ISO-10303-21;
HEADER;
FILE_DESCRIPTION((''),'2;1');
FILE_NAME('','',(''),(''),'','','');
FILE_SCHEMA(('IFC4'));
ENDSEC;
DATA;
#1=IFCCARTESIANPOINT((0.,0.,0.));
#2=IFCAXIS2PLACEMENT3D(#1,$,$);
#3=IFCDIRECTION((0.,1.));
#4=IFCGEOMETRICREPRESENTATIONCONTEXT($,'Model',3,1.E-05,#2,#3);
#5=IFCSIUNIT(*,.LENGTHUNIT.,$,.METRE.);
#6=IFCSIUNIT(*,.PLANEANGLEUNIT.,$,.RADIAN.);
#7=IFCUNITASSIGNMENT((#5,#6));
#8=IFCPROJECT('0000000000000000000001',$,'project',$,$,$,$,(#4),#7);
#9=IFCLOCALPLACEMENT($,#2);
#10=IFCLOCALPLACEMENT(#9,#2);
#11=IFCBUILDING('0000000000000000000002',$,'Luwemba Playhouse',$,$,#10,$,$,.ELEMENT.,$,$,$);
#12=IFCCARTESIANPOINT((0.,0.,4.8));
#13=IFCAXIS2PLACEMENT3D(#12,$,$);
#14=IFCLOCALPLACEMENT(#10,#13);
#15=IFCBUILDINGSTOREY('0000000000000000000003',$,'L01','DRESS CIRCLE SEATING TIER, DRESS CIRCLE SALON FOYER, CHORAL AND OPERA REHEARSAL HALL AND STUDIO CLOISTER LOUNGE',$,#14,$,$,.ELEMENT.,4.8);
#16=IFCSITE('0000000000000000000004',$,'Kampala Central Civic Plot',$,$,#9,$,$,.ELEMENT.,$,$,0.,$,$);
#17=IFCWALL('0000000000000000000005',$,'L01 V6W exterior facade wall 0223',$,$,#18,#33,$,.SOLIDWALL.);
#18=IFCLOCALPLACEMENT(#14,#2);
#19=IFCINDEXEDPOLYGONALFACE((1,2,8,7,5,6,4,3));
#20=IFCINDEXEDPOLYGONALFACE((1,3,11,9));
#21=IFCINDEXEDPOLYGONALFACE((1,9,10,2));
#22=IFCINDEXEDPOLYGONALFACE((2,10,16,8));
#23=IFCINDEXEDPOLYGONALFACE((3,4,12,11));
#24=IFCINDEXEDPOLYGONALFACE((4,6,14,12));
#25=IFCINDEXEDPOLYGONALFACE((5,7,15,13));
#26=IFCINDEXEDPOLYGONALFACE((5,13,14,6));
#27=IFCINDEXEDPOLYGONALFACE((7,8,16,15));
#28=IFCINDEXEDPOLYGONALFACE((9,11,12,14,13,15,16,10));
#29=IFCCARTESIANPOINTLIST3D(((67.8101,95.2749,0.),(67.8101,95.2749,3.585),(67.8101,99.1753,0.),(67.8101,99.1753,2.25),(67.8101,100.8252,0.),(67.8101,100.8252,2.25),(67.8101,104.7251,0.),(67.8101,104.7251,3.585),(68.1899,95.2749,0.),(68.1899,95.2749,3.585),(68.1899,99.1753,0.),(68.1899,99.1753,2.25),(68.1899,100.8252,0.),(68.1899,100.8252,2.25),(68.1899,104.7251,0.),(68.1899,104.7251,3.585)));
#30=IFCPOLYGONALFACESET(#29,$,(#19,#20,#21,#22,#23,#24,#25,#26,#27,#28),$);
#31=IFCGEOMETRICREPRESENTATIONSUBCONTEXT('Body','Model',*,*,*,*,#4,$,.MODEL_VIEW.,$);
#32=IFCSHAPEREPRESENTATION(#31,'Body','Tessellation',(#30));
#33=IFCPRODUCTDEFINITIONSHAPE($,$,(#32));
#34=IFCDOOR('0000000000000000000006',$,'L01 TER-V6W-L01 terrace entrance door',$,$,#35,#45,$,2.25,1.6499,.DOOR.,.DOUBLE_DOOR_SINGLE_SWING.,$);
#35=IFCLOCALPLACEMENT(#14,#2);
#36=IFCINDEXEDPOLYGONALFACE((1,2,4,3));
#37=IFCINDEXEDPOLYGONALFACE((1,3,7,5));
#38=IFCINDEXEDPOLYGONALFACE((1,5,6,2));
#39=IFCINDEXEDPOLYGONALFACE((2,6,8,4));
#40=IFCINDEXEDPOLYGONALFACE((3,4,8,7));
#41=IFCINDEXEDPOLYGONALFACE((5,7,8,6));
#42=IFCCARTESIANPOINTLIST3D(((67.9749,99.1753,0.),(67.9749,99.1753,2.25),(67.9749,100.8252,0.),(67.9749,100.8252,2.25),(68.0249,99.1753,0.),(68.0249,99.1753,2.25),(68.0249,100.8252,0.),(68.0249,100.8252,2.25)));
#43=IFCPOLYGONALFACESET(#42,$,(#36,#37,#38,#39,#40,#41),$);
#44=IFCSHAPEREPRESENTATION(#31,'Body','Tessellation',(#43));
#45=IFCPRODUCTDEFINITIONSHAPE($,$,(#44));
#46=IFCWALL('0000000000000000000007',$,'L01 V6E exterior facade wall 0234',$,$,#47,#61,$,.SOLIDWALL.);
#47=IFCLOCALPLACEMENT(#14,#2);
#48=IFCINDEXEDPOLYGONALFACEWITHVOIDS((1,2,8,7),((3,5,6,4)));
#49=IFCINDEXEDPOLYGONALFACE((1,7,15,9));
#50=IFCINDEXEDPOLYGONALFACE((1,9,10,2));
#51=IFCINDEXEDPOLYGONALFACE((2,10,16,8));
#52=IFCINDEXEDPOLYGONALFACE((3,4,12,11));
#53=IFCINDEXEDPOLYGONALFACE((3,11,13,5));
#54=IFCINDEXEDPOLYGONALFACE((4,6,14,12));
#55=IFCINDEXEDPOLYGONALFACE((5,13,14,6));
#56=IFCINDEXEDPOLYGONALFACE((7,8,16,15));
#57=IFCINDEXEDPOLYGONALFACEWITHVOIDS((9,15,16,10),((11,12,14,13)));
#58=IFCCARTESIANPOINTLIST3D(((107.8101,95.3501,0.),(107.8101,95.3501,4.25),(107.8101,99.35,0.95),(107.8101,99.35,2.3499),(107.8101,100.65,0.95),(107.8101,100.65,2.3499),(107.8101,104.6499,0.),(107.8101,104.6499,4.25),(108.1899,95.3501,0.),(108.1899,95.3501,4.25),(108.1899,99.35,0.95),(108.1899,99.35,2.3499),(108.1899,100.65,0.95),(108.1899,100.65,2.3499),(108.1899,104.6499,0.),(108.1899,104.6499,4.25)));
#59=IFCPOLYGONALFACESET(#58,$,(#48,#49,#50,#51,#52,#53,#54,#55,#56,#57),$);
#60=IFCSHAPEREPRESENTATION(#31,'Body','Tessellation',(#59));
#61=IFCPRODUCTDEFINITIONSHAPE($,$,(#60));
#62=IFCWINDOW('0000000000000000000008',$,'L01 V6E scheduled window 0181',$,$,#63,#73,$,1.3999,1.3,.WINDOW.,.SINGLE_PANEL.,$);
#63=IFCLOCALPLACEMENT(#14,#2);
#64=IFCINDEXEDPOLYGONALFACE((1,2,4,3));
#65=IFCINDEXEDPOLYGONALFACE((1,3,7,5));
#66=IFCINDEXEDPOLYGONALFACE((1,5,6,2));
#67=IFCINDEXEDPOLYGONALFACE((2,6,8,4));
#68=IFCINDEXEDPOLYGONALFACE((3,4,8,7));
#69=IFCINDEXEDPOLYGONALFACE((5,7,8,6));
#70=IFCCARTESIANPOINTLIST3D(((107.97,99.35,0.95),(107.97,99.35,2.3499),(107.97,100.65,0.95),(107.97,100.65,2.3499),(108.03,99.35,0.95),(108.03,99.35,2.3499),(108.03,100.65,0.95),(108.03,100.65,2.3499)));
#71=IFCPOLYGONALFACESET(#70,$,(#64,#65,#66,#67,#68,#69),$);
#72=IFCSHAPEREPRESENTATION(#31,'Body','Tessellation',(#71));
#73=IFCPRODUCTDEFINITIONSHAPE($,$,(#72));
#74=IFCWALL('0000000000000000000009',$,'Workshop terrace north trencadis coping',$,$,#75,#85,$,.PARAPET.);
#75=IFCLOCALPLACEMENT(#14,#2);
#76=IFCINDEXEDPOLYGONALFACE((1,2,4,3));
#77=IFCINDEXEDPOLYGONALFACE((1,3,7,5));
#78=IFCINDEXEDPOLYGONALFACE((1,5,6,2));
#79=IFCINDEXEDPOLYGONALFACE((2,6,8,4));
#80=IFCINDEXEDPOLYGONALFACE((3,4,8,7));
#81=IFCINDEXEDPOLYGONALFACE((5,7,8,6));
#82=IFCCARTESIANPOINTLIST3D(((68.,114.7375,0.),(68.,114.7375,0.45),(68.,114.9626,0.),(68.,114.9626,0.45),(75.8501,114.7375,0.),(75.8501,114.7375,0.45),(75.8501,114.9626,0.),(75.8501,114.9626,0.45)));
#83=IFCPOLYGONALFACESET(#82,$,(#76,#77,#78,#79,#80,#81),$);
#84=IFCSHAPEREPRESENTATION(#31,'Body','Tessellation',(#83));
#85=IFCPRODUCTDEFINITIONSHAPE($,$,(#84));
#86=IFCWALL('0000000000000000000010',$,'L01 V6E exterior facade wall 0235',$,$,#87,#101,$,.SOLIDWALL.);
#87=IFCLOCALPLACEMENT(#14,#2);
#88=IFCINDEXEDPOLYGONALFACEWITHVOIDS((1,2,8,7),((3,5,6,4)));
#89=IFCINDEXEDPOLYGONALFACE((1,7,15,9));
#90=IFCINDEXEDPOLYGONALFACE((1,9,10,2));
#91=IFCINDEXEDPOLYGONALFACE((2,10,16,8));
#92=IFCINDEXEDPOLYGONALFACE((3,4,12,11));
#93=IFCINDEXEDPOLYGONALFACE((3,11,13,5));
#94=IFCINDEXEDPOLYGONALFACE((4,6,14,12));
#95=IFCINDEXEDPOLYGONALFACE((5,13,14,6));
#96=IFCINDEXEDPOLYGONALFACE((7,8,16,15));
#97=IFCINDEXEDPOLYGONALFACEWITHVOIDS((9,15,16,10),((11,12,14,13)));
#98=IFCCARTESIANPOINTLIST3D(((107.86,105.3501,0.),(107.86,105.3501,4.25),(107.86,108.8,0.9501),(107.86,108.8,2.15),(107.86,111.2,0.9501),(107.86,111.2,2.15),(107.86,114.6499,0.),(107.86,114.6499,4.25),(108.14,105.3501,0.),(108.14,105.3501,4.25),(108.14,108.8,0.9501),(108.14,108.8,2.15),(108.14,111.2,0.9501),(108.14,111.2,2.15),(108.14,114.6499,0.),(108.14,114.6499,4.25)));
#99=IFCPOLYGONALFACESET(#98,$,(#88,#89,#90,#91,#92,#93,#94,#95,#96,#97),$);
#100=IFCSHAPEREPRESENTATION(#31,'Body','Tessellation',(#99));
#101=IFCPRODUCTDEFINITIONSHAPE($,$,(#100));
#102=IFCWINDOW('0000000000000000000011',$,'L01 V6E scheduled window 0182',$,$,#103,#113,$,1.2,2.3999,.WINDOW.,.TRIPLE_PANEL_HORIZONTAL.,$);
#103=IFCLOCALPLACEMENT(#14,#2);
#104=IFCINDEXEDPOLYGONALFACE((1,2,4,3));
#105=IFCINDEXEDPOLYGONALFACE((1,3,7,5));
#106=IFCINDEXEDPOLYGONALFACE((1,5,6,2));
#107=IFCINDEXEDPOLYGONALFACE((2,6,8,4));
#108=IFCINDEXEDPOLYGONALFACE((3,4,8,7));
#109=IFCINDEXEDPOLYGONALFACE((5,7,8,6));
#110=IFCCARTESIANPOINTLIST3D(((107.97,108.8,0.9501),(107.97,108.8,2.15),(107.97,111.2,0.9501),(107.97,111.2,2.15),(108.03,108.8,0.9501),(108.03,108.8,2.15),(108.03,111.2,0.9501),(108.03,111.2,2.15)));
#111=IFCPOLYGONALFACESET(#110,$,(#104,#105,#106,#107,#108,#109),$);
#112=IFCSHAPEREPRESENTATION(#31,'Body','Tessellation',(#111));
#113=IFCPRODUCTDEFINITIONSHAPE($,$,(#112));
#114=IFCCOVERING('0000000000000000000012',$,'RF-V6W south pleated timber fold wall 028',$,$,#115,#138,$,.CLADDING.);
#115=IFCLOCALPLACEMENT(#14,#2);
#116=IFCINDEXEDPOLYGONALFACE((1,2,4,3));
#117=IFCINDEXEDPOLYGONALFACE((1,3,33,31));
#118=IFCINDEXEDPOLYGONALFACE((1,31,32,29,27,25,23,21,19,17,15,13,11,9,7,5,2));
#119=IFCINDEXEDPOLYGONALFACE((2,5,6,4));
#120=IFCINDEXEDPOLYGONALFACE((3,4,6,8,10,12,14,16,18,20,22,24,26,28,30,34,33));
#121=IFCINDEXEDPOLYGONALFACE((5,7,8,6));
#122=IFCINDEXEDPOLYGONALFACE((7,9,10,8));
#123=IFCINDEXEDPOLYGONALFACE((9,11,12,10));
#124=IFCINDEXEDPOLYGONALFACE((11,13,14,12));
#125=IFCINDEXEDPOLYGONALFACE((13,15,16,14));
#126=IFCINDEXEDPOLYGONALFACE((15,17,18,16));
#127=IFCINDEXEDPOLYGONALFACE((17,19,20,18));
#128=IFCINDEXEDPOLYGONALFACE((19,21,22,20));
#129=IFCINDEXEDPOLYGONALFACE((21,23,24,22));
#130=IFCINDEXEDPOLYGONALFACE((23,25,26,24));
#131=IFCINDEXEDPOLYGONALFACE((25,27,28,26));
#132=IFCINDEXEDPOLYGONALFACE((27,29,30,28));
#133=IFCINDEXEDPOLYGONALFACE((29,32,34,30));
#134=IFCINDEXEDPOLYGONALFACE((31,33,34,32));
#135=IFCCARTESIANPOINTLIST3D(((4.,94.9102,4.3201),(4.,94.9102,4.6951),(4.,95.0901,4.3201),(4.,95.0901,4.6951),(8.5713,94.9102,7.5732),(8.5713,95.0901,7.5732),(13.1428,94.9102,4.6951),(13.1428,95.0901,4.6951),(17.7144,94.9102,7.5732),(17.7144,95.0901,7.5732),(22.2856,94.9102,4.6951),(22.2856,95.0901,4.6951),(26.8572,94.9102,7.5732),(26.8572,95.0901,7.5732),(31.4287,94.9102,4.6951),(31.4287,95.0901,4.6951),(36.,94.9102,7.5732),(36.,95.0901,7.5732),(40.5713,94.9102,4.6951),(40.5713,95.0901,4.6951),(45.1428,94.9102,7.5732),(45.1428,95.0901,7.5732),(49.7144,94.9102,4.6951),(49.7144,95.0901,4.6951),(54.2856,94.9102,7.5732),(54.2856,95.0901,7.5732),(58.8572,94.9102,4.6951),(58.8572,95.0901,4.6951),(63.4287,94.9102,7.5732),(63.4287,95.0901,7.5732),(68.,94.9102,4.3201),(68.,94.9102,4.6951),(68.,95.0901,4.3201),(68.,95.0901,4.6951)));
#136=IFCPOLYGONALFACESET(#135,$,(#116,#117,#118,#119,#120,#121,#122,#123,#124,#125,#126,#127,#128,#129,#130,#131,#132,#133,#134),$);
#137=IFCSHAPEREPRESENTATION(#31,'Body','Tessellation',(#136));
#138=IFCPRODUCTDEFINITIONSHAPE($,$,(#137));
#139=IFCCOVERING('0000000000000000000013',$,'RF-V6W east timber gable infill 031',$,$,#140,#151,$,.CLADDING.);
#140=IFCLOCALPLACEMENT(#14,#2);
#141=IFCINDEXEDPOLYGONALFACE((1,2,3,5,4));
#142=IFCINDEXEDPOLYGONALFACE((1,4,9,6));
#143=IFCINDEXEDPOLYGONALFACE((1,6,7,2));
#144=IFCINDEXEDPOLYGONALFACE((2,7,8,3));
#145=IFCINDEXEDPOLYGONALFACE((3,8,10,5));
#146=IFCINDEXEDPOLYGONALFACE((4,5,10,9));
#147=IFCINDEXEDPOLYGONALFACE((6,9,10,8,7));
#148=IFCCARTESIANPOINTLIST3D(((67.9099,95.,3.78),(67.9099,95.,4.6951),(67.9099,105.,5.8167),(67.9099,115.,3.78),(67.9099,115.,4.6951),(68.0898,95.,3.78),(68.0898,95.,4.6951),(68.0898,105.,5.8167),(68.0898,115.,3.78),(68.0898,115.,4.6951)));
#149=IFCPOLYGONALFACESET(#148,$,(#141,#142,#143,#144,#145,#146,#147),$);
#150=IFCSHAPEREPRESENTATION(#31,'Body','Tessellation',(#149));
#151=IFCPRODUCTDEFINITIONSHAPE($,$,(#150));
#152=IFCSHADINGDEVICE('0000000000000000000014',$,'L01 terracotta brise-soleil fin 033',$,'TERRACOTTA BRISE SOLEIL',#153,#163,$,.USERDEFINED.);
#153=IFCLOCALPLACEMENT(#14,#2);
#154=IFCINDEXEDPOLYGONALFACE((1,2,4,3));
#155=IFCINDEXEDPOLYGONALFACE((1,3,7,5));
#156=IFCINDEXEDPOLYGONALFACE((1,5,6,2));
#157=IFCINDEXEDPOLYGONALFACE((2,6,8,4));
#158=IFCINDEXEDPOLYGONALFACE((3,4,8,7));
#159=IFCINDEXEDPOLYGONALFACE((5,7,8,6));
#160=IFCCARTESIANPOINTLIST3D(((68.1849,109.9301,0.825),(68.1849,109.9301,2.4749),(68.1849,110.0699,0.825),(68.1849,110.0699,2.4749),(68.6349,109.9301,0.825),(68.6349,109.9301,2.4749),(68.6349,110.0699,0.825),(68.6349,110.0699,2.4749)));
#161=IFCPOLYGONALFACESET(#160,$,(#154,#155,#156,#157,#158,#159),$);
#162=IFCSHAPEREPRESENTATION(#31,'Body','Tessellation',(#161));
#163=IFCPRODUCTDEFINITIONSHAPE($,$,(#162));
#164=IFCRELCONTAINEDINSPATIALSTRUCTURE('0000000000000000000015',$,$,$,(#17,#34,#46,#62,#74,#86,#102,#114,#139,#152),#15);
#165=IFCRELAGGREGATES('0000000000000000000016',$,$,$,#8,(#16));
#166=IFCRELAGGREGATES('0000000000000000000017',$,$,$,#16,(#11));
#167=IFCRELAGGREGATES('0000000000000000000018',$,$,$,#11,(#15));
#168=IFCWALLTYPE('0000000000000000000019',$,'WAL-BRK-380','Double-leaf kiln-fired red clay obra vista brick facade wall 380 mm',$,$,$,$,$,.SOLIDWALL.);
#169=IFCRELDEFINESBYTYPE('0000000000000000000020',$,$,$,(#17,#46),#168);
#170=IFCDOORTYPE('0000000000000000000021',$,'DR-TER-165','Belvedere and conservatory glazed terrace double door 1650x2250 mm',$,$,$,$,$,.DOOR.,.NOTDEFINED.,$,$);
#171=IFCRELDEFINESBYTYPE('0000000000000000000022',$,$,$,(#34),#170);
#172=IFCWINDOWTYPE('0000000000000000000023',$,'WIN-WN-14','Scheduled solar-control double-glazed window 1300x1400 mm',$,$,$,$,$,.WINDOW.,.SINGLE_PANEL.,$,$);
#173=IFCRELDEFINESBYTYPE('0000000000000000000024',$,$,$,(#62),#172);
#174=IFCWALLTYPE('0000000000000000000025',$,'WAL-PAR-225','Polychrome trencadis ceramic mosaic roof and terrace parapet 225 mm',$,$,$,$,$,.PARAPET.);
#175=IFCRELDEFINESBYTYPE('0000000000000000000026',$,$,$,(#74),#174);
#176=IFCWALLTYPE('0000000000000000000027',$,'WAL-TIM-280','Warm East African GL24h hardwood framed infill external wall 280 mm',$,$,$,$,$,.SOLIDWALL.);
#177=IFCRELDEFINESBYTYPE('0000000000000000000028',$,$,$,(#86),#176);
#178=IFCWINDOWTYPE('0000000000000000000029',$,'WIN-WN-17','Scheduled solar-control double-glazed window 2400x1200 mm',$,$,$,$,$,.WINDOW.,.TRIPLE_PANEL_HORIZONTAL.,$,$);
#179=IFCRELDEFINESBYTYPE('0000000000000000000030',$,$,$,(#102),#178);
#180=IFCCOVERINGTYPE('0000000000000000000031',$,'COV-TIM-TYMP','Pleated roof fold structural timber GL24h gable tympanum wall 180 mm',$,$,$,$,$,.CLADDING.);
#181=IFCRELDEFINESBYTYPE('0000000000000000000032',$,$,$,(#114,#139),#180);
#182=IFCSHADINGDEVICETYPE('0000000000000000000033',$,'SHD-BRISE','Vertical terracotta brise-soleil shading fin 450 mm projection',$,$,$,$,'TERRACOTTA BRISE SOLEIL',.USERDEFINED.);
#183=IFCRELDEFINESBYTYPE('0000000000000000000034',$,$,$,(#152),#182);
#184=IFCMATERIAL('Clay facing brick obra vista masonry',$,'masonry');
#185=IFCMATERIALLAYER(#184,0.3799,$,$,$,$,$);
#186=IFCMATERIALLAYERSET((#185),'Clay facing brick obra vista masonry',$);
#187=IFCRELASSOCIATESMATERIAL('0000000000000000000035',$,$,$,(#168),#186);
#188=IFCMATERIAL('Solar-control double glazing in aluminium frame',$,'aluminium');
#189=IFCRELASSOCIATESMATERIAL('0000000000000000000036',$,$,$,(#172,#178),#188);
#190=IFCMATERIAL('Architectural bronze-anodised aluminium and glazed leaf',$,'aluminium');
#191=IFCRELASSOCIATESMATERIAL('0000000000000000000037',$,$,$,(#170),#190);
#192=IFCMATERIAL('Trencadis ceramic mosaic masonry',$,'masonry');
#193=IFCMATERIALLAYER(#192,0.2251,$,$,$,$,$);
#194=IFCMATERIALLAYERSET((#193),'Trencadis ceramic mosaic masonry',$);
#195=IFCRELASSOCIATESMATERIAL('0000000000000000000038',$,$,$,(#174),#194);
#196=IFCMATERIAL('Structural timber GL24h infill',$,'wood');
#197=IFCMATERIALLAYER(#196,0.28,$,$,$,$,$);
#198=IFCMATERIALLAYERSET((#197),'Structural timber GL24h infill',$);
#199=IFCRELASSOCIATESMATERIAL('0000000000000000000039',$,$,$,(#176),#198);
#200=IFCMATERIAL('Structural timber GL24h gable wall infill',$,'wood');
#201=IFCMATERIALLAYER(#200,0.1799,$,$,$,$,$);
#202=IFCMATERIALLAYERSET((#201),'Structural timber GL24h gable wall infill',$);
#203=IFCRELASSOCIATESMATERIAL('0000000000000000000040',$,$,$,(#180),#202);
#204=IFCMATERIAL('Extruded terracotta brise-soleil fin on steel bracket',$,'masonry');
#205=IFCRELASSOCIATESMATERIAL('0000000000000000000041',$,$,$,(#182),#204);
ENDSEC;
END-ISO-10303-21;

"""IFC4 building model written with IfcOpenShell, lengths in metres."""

from ifc_helpers import new_model, si_unit, direction, frame, frame_2d, origin, origin_2d, place, context, subcontext, project, spatial, polyline, rectangle, outline, extrude, material, layer, layer_set, type_object, element, fill, save


model = new_model("IFC4")

# Units and contexts
model_context = context("Model", 3, precision=1e-05, world=origin(), true_north=direction((0.0, 1.0)))
body_context = subcontext(model_context, "Body", "Model", "MODEL_VIEW")
ifc_project = project(units=[si_unit("LENGTHUNIT", "METRE"), si_unit("PLANEANGLEUNIT", "RADIAN")], contexts=[model_context])

# Site, building, storey
site_placement = place(None, origin())
site = spatial("IfcSite", under=ifc_project, at=site_placement, Name="Kampala Central Civic Plot", CompositionType="ELEMENT", RefElevation=0.0)
building_placement = place(site_placement, origin())
building = spatial("IfcBuilding", under=site, at=building_placement, Name="Luwemba Playhouse", CompositionType="ELEMENT")
storey_placement = place(building_placement, frame((0.0, 0.0, 4.8)))
storey = spatial("IfcBuildingStorey", under=building, at=storey_placement, Name="L01", Description="DRESS CIRCLE SEATING TIER, DRESS CIRCLE SALON FOYER, CHORAL AND OPERA REHEARSAL HALL AND STUDIO CLOISTER LOUNGE", CompositionType="ELEMENT", Elevation=4.8)

# Shared definitions
ifc_material_1 = material(Name="Clay facing brick obra vista masonry", Category="masonry")
ifc_layer_1 = layer(ifc_material_1, 0.3799)
ifc_layer_set_1 = layer_set([ifc_layer_1], Name="Clay facing brick obra vista masonry")
wall_type_1 = type_object("IfcWallType", Name="WAL-BRK-380", Description="Double-leaf kiln-fired red clay obra vista brick facade wall 380 mm", PredefinedType="SOLIDWALL", material=ifc_layer_set_1)
ifc_material_2 = material(Name="Solar-control double glazing in aluminium frame", Category="aluminium")
window_type_1 = type_object("IfcWindowType", Name="WIN-WN-14", Description="Scheduled solar-control double-glazed window 1300x1400 mm", PartitioningType="SINGLE_PANEL", PredefinedType="WINDOW", material=ifc_material_2)

# Wall, opening, door
wall_1_placement = place(storey_placement, frame((68.0, 104.7251, 0.0), z_axis=(0.0, 0.0, 1.0), x_axis=(0.0, -1.0, 0.0)))
wall_1 = element("IfcWall", 1, at=wall_1_placement, inside=storey, type_object=wall_type_1, Name="L01 V6W exterior facade wall 0223", PredefinedType="SOLIDWALL", context=body_context, shape_type="SweptSolid", body=[
    extrude(rectangle(XDim=9.4502, YDim=0.3799, at=frame_2d((4.7251, 0.0))), origin(), (0.0, 0.0, 1.0), 3.585),
])
opening_1_placement = place(wall_1_placement, frame((3.8999, 0.0, 0.0)))
opening_1 = element("IfcOpeningElement", 2, at=opening_1_placement, cuts=wall_1, PredefinedType="OPENING", context=body_context, shape_type="SweptSolid", body=[
    extrude(rectangle(XDim=1.6499, YDim=2.25, at=frame_2d((0.825, 1.125))), frame((0.0, 0.2, 0.0), z_axis=(0.0, -1.0, 0.0), x_axis=(1.0, 0.0, 0.0)), (0.0, 0.0, 1.0), 0.3999),
])
ifc_material_3 = material(Name="Architectural bronze-anodised aluminium and glazed leaf", Category="aluminium")
door_type = type_object("IfcDoorType", Name="DR-TER-165", Description="Belvedere and conservatory glazed terrace double door 1650x2250 mm", OperationType="NOTDEFINED", PredefinedType="DOOR", material=ifc_material_3)
door_placement = place(opening_1_placement, origin())
door = element("IfcDoor", 3, at=door_placement, inside=storey, type_object=door_type, Name="L01 TER-V6W-L01 terrace entrance door", OperationType="DOUBLE_DOOR_SINGLE_SWING", OverallHeight=2.25, OverallWidth=1.6499, PredefinedType="DOOR", context=body_context, shape_type="SweptSolid", body=[
    extrude(rectangle(XDim=1.6499, YDim=2.25, at=frame_2d((0.825, 1.125))), frame((0.0, 0.0249, 0.0), z_axis=(0.0, -1.0, 0.0), x_axis=(1.0, 0.0, 0.0)), (0.0, 0.0, 1.0), 0.05),
])
fill(opening_1, door)

# Wall, opening, window
wall_2_placement = place(storey_placement, frame((108.0, 95.3501, 0.0), z_axis=(0.0, 0.0, 1.0), x_axis=(0.0, 1.0, 0.0)))
wall_2 = element("IfcWall", 4, at=wall_2_placement, inside=storey, type_object=wall_type_1, Name="L01 V6E exterior facade wall 0234", PredefinedType="SOLIDWALL", context=body_context, shape_type="SweptSolid", body=[
    extrude(rectangle(XDim=9.2998, YDim=0.3799, at=frame_2d((4.6499, 0.0))), origin(), (0.0, 0.0, 1.0), 4.25),
])
opening_2_placement = place(wall_2_placement, frame((4.0, 0.0, 0.95)))
opening_2 = element("IfcOpeningElement", 5, at=opening_2_placement, cuts=wall_2, PredefinedType="OPENING", context=body_context, shape_type="SweptSolid", body=[
    extrude(rectangle(XDim=1.3, YDim=1.3999, at=frame_2d((0.6499, 0.7))), frame((0.0, 0.2, 0.0), z_axis=(0.0, -1.0, 0.0), x_axis=(1.0, 0.0, 0.0)), (0.0, 0.0, 1.0), 0.3999),
])
window_1_placement = place(opening_2_placement, origin())
window_1 = element("IfcWindow", 6, at=window_1_placement, inside=storey, type_object=window_type_1, Name="L01 V6E scheduled window 0181", OverallHeight=1.3999, OverallWidth=1.3, PartitioningType="SINGLE_PANEL", PredefinedType="WINDOW", context=body_context, shape_type="SweptSolid", body=[
    extrude(rectangle(XDim=1.3, YDim=1.3999, at=frame_2d((0.6499, 0.7))), frame((0.0, 0.03, 0.0), z_axis=(0.0, -1.0, 0.0), x_axis=(1.0, 0.0, 0.0)), (0.0, 0.0, 1.0), 0.0601),
])
fill(opening_2, window_1)

# Wall
ifc_material_4 = material(Name="Trencadis ceramic mosaic masonry", Category="masonry")
ifc_layer_2 = layer(ifc_material_4, 0.2251)
ifc_layer_set_2 = layer_set([ifc_layer_2], Name="Trencadis ceramic mosaic masonry")
wall_type_2 = type_object("IfcWallType", Name="WAL-PAR-225", Description="Polychrome trencadis ceramic mosaic roof and terrace parapet 225 mm", PredefinedType="PARAPET", material=ifc_layer_set_2)
wall_3_placement = place(storey_placement, frame((68.0, 114.8501, 0.0), z_axis=(0.0, 0.0, 1.0), x_axis=(1.0, 0.0, 0.0)))
element("IfcWall", 7, at=wall_3_placement, inside=storey, type_object=wall_type_2, Name="Workshop terrace north trencadis coping", PredefinedType="PARAPET", context=body_context, shape_type="SweptSolid", body=[
    extrude(rectangle(XDim=7.8501, YDim=0.2251, at=frame_2d((3.925, 0.0))), origin(), (0.0, 0.0, 1.0), 0.45),
])

# Wall, opening, window
ifc_material_5 = material(Name="Structural timber GL24h infill", Category="wood")
ifc_layer_3 = layer(ifc_material_5, 0.28)
ifc_layer_set_3 = layer_set([ifc_layer_3], Name="Structural timber GL24h infill")
wall_type_3 = type_object("IfcWallType", Name="WAL-TIM-280", Description="Warm East African GL24h hardwood framed infill external wall 280 mm", PredefinedType="SOLIDWALL", material=ifc_layer_set_3)
wall_4_placement = place(storey_placement, frame((108.0, 105.3501, 0.0), z_axis=(0.0, 0.0, 1.0), x_axis=(0.0, 1.0, 0.0)))
wall_4 = element("IfcWall", 8, at=wall_4_placement, inside=storey, type_object=wall_type_3, Name="L01 V6E exterior facade wall 0235", PredefinedType="SOLIDWALL", context=body_context, shape_type="SweptSolid", body=[
    extrude(rectangle(XDim=9.2998, YDim=0.28, at=frame_2d((4.6499, 0.0))), origin(), (0.0, 0.0, 1.0), 4.25),
])
opening_3_placement = place(wall_4_placement, frame((3.45, 0.0, 0.95)))
opening_3 = element("IfcOpeningElement", 9, at=opening_3_placement, cuts=wall_4, PredefinedType="OPENING", context=body_context, shape_type="SweptSolid", body=[
    extrude(rectangle(XDim=2.3999, YDim=1.2, at=frame_2d((1.2, 0.6001))), frame((0.0, 0.1499, 0.0), z_axis=(0.0, -1.0, 0.0), x_axis=(1.0, 0.0, 0.0)), (0.0, 0.0, 1.0), 0.3),
])
window_type_2 = type_object("IfcWindowType", Name="WIN-WN-17", Description="Scheduled solar-control double-glazed window 2400x1200 mm", PartitioningType="TRIPLE_PANEL_HORIZONTAL", PredefinedType="WINDOW", material=ifc_material_2)
window_2_placement = place(opening_3_placement, origin())
window_2 = element("IfcWindow", 10, at=window_2_placement, inside=storey, type_object=window_type_2, Name="L01 V6E scheduled window 0182", OverallHeight=1.2, OverallWidth=2.3999, PartitioningType="TRIPLE_PANEL_HORIZONTAL", PredefinedType="WINDOW", context=body_context, shape_type="SweptSolid", body=[
    extrude(rectangle(XDim=2.3999, YDim=1.2, at=frame_2d((1.2, 0.6001))), frame((0.0, 0.03, 0.0), z_axis=(0.0, -1.0, 0.0), x_axis=(1.0, 0.0, 0.0)), (0.0, 0.0, 1.0), 0.0601),
])
fill(opening_3, window_2)

# Coverings
ifc_material_6 = material(Name="Structural timber GL24h gable wall infill", Category="wood")
ifc_layer_4 = layer(ifc_material_6, 0.1799)
ifc_layer_set_4 = layer_set([ifc_layer_4], Name="Structural timber GL24h gable wall infill")
covering_type = type_object("IfcCoveringType", Name="COV-TIM-TYMP", Description="Pleated roof fold structural timber GL24h gable tympanum wall 180 mm", PredefinedType="CLADDING", material=ifc_layer_set_4)
covering_1_placement = place(storey_placement, frame((68.0, 95.0, 4.3201), z_axis=(0.0, 0.0, 1.0), x_axis=(-1.0, 0.0, 0.0)))
element("IfcCovering", 11, at=covering_1_placement, inside=storey, type_object=covering_type, Name="RF-V6W south pleated timber fold wall 028", PredefinedType="CLADDING", context=body_context, shape_type="SweptSolid", body=[
    extrude(outline(polyline([(0.0, 0.0), (64.0, 0.0), (64.0, 0.375), (59.4287, 3.2532), (54.8572, 0.375), (50.2856, 3.2532), (45.7144, 0.375), (41.1428, 3.2532), (36.5713, 0.375), (32.0, 3.2532), (27.4287, 0.375), (22.8572, 3.2532), (18.2856, 0.375), (13.7144, 3.2532), (9.1428, 0.375), (4.5713, 3.2532), (0.0, 0.375), (0.0, 0.0)])), frame((0.0, 0.0898, 0.0), z_axis=(0.0, -1.0, 0.0), x_axis=(1.0, 0.0, 0.0)), (0.0, 0.0, 1.0), 0.1799),
])
covering_2_placement = place(storey_placement, frame((68.0, 115.0, 3.78), z_axis=(0.0, 0.0, 1.0), x_axis=(0.0, -1.0, 0.0)))
element("IfcCovering", 12, at=covering_2_placement, inside=storey, type_object=covering_type, Name="RF-V6W east timber gable infill 031", PredefinedType="CLADDING", context=body_context, shape_type="SweptSolid", body=[
    extrude(outline(polyline([(0.0, 0.0), (20.0, 0.0), (20.0, 0.915), (10.0, 2.0366), (0.0, 0.915), (0.0, 0.0)])), frame((0.0, 0.0898, 0.0), z_axis=(0.0, -1.0, 0.0), x_axis=(1.0, 0.0, 0.0)), (0.0, 0.0, 1.0), 0.1799),
])

# Shading device
ifc_material_7 = material(Name="Extruded terracotta brise-soleil fin on steel bracket", Category="masonry")
shading_device_type_1 = type_object("IfcShadingDeviceType", Name="SHD-BRISE", Description="Vertical terracotta brise-soleil shading fin 450 mm projection", ElementType="TERRACOTTA BRISE SOLEIL", PredefinedType="USERDEFINED", material=ifc_material_7)
shading_device_1_placement = place(storey_placement, frame((68.4099, 110.0, 0.825), z_axis=(0.0, 0.0, 1.0), x_axis=(0.0, -1.0, 0.0)))
element("IfcShadingDevice", 13, at=shading_device_1_placement, inside=storey, type_object=shading_device_type_1, Name="L01 terracotta brise-soleil fin 033", ObjectType="TERRACOTTA BRISE SOLEIL", PredefinedType="USERDEFINED", context=body_context, shape_type="SweptSolid", body=[
    extrude(rectangle(XDim=0.1399, YDim=0.45, at=origin_2d()), origin(), (0.0, 0.0, 1.0), 1.6499),
])

save(model, "model.ifc")
